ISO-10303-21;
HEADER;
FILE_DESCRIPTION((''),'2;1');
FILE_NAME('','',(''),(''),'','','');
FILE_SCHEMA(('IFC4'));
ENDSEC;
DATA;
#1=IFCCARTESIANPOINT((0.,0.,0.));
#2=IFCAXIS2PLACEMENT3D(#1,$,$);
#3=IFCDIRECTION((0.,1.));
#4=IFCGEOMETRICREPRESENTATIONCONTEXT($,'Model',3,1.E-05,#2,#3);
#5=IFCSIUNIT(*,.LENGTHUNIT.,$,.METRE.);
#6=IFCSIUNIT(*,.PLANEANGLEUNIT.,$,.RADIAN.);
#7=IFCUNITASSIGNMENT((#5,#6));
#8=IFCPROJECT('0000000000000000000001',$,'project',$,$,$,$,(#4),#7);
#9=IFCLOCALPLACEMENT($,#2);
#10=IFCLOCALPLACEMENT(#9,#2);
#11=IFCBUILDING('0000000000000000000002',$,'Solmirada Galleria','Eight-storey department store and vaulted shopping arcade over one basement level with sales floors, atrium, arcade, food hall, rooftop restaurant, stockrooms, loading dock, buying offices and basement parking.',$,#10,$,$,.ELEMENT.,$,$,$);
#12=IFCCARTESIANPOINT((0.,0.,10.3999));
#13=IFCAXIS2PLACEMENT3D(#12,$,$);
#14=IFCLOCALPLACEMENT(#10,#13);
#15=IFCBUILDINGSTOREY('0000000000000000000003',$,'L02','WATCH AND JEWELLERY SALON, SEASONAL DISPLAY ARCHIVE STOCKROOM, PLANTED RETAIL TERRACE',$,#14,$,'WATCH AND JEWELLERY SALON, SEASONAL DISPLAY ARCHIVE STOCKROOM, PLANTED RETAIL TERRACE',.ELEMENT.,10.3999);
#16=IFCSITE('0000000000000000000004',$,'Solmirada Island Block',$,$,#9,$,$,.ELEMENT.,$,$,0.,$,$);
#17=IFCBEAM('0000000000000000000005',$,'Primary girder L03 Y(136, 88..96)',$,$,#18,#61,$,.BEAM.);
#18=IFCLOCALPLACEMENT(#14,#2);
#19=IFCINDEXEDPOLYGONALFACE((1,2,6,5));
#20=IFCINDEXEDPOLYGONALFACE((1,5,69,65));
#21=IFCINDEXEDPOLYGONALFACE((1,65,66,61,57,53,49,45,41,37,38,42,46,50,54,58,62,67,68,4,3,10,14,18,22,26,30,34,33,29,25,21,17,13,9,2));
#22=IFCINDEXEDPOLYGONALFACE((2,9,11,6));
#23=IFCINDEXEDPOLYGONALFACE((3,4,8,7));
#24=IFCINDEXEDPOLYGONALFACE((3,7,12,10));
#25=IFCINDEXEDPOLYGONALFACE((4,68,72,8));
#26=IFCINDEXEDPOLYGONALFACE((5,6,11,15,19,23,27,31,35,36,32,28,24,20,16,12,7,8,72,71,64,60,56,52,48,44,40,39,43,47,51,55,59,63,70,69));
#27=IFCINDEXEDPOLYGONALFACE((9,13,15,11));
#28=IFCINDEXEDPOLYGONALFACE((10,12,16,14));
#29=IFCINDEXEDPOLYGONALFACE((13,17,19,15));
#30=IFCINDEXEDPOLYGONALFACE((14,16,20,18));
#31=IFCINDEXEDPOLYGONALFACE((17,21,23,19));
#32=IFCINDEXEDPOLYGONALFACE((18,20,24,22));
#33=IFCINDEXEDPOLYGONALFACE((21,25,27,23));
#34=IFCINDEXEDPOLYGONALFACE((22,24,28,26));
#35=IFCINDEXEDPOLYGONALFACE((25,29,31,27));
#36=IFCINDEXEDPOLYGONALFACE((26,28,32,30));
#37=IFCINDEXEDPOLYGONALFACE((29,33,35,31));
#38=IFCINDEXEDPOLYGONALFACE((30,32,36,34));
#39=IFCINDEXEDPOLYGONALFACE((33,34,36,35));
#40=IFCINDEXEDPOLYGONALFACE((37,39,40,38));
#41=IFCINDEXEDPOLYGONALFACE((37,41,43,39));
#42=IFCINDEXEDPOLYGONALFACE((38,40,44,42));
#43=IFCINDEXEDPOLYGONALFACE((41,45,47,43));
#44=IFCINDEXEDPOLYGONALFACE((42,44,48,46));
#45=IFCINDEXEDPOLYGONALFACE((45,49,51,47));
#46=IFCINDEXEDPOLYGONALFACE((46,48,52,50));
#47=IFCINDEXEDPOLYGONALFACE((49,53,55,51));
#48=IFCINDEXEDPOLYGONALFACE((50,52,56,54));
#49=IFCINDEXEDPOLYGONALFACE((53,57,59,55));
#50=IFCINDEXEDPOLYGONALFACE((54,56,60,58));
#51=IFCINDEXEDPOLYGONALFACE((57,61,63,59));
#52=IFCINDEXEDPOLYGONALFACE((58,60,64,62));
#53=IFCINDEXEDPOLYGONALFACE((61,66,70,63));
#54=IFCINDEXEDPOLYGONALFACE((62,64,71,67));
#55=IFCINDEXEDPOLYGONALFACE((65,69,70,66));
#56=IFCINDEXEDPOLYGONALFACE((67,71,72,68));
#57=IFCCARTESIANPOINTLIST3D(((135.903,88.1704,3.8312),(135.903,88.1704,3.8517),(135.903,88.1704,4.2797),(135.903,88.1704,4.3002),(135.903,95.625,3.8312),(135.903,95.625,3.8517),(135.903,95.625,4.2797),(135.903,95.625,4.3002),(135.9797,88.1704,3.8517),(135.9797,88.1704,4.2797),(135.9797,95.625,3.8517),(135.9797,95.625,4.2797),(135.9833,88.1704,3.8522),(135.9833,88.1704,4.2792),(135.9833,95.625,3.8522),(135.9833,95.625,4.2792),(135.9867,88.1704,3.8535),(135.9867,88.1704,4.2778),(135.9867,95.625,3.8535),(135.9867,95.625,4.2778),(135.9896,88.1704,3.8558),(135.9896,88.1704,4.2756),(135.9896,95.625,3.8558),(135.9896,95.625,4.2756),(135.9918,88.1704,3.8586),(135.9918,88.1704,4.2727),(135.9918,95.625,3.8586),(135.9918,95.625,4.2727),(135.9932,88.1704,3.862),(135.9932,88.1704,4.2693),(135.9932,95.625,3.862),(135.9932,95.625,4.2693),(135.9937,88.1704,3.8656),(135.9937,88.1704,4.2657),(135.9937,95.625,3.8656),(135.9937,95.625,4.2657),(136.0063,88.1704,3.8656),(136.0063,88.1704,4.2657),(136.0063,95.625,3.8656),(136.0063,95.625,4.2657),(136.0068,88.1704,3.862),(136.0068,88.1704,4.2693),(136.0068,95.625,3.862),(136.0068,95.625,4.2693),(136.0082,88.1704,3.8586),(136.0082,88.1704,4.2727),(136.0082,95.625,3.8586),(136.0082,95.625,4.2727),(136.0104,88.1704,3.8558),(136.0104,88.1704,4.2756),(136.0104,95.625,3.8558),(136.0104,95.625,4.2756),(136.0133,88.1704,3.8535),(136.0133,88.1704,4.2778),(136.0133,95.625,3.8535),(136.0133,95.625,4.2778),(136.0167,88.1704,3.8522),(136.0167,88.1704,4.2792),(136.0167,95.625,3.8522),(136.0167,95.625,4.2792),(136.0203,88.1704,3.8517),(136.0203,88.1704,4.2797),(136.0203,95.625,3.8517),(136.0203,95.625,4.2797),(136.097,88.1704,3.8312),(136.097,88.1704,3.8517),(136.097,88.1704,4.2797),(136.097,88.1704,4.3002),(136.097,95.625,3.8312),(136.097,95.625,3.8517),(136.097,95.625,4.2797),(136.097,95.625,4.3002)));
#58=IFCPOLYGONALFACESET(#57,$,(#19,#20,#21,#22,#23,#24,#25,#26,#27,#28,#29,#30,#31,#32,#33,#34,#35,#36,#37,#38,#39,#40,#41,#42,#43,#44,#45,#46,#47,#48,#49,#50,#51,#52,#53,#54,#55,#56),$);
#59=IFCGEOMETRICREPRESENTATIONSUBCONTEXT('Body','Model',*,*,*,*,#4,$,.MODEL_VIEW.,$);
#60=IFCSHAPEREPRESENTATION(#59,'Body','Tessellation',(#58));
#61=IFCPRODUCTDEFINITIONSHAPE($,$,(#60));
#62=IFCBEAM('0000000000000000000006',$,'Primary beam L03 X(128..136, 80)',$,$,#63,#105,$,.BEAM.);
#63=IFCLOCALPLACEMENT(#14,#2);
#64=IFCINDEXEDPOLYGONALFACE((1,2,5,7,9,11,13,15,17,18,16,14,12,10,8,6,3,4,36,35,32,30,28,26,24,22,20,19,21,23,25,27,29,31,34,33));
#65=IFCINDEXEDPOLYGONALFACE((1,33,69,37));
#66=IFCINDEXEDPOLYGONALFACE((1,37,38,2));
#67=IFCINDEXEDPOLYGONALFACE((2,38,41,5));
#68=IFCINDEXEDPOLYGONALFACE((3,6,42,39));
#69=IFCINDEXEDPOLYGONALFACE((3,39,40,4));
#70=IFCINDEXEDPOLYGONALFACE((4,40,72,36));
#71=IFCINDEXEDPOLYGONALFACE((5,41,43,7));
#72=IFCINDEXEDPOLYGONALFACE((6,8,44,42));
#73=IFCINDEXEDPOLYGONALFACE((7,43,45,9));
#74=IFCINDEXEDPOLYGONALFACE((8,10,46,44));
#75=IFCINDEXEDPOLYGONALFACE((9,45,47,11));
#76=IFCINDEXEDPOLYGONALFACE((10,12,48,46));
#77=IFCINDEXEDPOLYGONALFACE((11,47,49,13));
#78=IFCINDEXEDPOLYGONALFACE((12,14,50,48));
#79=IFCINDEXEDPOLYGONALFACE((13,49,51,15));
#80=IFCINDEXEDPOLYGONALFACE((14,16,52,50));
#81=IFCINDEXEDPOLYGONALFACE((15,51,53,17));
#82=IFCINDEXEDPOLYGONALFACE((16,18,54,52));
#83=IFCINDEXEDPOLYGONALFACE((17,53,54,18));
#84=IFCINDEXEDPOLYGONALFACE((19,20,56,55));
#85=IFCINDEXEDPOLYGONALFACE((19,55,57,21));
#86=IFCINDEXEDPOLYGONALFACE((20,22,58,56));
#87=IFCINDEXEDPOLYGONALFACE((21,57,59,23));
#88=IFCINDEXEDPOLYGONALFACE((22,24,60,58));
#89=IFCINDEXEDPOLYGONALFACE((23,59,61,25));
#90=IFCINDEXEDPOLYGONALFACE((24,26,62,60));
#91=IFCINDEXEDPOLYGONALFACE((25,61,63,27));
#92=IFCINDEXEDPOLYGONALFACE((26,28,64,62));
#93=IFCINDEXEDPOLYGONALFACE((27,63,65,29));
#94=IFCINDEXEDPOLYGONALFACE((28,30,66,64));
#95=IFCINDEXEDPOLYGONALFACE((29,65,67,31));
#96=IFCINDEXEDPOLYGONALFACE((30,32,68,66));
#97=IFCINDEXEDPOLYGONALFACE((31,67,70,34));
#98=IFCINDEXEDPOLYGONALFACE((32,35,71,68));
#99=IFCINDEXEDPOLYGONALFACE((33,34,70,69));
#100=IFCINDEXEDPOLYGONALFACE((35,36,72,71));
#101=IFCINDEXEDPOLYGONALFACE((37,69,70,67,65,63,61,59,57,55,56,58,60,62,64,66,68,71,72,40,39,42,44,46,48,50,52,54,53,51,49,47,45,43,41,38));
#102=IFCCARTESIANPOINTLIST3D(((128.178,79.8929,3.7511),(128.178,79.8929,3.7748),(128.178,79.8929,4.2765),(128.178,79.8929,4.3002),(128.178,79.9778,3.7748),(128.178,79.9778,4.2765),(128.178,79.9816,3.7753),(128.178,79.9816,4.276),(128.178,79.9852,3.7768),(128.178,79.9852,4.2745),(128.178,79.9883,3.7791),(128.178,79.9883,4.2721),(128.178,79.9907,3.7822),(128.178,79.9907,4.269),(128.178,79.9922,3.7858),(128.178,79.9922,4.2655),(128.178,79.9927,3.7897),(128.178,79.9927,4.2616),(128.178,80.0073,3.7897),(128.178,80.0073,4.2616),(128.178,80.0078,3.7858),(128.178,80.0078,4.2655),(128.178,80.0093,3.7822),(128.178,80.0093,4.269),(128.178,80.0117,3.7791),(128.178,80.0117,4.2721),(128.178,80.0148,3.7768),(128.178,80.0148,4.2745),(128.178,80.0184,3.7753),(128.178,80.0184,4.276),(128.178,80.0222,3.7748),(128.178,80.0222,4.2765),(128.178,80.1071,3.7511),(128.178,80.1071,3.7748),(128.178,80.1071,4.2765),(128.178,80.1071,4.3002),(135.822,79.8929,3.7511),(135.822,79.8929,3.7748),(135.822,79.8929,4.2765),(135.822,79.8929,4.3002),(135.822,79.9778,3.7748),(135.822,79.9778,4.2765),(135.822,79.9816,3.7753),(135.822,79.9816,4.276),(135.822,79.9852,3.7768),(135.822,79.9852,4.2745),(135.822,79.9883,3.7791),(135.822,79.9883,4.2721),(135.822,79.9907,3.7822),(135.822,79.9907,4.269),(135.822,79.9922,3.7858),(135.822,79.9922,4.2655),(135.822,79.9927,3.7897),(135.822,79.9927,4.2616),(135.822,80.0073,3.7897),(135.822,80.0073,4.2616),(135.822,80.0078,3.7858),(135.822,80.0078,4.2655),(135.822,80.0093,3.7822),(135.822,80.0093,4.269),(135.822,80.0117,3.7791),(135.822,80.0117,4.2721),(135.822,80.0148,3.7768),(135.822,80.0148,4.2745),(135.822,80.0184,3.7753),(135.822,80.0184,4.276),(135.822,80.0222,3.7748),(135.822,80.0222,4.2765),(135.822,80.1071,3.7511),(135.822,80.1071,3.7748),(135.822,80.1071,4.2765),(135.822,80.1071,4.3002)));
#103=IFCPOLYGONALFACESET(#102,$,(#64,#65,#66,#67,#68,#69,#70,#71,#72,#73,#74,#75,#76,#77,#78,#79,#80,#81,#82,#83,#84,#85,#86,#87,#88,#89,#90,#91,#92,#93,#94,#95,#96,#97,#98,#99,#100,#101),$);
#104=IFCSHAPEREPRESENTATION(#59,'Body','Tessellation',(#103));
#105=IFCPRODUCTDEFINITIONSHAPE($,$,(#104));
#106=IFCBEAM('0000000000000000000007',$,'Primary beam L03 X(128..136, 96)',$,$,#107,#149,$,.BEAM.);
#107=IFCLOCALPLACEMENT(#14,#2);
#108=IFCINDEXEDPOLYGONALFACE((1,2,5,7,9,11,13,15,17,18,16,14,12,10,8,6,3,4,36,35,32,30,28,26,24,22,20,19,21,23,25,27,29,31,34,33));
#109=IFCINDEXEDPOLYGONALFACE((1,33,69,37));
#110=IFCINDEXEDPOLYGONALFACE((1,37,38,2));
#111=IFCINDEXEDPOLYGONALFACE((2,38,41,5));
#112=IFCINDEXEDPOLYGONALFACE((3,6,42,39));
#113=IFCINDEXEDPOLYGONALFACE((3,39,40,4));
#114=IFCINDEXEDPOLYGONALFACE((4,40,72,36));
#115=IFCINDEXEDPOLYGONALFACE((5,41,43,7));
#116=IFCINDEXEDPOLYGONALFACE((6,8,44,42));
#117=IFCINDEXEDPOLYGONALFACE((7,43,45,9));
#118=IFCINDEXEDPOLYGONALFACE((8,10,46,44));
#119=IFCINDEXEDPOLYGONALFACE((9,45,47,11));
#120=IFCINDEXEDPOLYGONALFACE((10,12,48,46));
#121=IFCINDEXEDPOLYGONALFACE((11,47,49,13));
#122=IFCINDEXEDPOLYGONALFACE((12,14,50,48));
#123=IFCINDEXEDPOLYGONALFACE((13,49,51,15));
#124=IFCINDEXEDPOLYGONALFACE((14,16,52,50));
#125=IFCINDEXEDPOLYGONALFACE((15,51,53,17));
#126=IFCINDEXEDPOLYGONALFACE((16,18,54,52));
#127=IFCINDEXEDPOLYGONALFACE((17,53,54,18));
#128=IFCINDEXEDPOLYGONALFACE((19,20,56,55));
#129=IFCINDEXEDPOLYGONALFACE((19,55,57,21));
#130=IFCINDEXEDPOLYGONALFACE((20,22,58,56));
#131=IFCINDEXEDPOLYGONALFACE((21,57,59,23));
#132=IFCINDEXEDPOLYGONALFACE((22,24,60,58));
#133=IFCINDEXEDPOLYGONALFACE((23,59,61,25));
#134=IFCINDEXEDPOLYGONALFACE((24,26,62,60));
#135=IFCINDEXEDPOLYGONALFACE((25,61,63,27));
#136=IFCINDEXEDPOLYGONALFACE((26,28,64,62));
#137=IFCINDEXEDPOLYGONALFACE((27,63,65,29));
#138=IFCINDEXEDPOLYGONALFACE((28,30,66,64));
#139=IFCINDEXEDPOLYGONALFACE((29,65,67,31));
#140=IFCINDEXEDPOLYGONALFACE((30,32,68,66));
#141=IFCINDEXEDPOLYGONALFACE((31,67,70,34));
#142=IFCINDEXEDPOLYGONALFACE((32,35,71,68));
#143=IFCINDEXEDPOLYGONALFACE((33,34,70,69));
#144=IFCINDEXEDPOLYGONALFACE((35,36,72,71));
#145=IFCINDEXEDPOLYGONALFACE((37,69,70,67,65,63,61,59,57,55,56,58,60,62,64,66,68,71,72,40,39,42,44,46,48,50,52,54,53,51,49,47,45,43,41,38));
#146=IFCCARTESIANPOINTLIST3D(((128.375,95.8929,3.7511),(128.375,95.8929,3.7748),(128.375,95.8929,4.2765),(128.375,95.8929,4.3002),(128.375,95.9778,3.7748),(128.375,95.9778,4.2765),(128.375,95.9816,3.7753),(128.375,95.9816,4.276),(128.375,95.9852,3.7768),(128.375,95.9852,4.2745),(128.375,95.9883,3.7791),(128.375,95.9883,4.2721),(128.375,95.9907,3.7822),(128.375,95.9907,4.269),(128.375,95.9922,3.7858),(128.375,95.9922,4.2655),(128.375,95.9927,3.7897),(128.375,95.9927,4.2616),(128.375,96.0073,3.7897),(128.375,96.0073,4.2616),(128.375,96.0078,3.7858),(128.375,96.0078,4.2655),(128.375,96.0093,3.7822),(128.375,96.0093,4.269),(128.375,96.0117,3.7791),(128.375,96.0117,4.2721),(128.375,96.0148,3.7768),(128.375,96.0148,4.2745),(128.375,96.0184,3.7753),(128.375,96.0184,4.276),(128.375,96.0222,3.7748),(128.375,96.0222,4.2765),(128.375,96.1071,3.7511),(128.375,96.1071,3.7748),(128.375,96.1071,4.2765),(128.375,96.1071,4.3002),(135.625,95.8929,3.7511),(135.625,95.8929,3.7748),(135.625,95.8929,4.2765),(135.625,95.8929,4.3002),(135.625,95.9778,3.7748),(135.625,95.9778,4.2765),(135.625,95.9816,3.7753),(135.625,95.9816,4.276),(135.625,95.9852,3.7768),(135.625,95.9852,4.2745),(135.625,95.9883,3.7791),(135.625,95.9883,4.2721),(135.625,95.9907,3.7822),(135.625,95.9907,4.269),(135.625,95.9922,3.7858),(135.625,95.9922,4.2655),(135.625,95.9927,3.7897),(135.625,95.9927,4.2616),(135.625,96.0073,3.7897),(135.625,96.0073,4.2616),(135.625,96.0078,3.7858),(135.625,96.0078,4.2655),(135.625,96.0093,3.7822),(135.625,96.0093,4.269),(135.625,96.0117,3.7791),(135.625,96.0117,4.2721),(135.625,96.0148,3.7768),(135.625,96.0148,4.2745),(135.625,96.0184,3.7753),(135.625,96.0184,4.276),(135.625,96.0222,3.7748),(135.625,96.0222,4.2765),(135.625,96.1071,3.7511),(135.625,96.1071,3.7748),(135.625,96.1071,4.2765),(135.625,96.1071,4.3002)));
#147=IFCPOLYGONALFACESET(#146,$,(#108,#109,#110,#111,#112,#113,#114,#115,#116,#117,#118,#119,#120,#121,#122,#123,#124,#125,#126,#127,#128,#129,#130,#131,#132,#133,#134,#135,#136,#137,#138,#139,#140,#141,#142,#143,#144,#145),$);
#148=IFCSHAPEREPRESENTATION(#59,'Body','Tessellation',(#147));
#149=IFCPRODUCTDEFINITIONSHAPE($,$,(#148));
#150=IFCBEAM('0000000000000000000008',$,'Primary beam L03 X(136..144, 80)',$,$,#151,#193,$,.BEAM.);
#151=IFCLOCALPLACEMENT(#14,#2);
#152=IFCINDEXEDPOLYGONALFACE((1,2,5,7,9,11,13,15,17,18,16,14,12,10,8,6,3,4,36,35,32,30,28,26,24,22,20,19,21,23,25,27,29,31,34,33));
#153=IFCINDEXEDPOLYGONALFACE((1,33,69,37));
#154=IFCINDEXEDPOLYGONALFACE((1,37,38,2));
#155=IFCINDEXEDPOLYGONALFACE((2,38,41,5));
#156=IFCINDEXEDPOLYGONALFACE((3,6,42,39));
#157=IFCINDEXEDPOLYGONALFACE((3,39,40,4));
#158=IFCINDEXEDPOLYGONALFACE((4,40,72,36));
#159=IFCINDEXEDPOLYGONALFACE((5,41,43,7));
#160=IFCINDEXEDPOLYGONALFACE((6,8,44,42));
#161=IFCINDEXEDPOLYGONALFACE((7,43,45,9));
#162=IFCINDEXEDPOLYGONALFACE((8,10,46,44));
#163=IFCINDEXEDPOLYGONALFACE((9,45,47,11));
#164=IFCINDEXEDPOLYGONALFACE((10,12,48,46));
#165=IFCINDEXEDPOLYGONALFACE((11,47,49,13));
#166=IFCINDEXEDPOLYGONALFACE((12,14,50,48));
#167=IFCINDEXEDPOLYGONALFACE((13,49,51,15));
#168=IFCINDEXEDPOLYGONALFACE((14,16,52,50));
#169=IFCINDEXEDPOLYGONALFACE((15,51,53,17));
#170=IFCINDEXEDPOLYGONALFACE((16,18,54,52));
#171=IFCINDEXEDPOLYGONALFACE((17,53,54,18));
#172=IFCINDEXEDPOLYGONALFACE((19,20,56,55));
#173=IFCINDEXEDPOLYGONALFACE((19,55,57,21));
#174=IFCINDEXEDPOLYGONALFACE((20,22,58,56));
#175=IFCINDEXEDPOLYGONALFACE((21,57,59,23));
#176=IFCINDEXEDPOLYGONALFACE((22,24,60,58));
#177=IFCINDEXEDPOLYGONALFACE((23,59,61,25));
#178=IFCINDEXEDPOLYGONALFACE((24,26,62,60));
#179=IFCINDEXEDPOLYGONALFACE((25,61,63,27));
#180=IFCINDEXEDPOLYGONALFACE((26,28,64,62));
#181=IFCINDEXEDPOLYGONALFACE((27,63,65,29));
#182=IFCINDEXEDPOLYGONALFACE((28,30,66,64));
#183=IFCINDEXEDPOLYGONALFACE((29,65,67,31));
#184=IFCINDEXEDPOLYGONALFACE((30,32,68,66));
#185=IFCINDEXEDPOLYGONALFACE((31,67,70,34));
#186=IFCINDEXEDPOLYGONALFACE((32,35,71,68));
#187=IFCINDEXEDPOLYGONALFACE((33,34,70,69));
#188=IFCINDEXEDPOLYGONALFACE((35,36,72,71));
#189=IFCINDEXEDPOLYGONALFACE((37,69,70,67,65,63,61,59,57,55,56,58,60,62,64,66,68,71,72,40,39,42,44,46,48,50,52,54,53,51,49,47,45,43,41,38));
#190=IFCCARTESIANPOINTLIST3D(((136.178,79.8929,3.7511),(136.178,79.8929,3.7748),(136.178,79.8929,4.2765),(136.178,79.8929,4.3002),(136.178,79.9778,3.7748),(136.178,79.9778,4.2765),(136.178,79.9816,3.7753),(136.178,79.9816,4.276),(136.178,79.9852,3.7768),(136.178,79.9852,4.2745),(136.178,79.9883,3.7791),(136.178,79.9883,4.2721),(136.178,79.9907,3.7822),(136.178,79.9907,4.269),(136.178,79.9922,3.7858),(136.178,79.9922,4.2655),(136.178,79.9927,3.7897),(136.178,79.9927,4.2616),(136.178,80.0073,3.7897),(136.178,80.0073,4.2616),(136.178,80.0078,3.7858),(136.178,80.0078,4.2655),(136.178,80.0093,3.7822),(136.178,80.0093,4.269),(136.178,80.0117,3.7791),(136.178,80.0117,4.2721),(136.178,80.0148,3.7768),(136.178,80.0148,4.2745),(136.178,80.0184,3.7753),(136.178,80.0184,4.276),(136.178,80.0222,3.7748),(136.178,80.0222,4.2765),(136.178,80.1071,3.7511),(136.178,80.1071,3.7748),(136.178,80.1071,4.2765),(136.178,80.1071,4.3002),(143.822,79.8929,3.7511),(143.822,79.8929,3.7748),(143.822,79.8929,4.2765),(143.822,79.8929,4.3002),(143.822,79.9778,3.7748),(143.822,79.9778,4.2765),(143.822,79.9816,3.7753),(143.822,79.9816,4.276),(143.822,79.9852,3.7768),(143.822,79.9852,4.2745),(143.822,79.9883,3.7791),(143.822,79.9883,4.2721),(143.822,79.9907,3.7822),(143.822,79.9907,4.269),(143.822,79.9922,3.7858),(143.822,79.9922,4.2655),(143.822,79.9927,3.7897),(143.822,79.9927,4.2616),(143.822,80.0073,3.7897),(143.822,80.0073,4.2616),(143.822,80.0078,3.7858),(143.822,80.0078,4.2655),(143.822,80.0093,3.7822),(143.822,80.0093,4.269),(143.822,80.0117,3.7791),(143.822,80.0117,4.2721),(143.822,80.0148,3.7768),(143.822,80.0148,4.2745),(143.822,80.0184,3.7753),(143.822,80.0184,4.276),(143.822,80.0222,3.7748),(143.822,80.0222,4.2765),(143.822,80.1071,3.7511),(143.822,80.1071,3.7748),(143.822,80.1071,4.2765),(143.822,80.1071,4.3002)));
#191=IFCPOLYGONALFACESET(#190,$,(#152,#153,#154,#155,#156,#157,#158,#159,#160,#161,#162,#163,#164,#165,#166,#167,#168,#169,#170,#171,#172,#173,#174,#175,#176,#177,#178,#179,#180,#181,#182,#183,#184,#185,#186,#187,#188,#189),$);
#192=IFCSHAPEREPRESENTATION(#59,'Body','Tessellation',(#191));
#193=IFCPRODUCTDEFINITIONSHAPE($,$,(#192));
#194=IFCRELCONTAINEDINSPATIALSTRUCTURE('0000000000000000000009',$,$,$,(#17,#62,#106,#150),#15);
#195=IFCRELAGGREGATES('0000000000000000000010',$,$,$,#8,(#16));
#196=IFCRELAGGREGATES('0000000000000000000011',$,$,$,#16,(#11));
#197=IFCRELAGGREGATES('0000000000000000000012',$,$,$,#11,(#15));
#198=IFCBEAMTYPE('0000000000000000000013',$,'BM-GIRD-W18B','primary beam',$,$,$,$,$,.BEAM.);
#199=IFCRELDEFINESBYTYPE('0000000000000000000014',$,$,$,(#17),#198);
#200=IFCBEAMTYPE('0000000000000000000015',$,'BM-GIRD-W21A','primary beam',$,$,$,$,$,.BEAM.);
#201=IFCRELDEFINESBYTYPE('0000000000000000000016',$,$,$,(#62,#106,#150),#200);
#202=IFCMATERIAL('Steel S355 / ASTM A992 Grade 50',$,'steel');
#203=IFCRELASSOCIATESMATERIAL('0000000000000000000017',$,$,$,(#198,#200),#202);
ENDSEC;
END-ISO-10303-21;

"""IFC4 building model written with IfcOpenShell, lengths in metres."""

from ifc_helpers import new_model, si_unit, direction, frame, origin, origin_2d, place, context, subcontext, project, spatial, i_section, extrude, material, material_profile, profile_set, type_object, element, save


model = new_model("IFC4")

# Units and contexts
model_context = context("Model", 3, precision=1e-05, world=origin(), true_north=direction((0.0, 1.0)))
body_context = subcontext(model_context, "Body", "Model", "MODEL_VIEW")
ifc_project = project(units=[si_unit("LENGTHUNIT", "METRE"), si_unit("PLANEANGLEUNIT", "RADIAN")], contexts=[model_context])

# Site, building, storey
site_placement = place(None, origin())
site = spatial("IfcSite", under=ifc_project, at=site_placement, Name="Solmirada Island Block", CompositionType="ELEMENT", RefElevation=0.0)
building_placement = place(site_placement, origin())
building = spatial("IfcBuilding", under=site, at=building_placement, Name="Solmirada Galleria", Description="Eight-storey department store and vaulted shopping arcade over one basement level with sales floors, atrium, arcade, food hall, rooftop restaurant, stockrooms, loading dock, buying offices and basement parking.", CompositionType="ELEMENT")
storey_placement = place(building_placement, frame((0.0, 0.0, 10.3999)))
storey = spatial("IfcBuildingStorey", under=building, at=storey_placement, Name="L02", Description="WATCH AND JEWELLERY SALON, SEASONAL DISPLAY ARCHIVE STOCKROOM, PLANTED RETAIL TERRACE", LongName="WATCH AND JEWELLERY SALON, SEASONAL DISPLAY ARCHIVE STOCKROOM, PLANTED RETAIL TERRACE", CompositionType="ELEMENT", Elevation=10.3999)

# Beams
ifc_material_1 = material(Name="Steel S355 / ASTM A992 Grade 50", Category="steel")
ifc_material_profile_1 = material_profile(ifc_material_1, i_section(OverallWidth=0.1941, OverallDepth=0.469, WebThickness=0.0127, FlangeThickness=0.0205, FilletRadius=0.0139, at=origin_2d()), Name="W18X71")
ifc_profile_set_1 = profile_set([ifc_material_profile_1], Name="Steel S355 / ASTM A992 Grade 50")
beam_type_1 = type_object("IfcBeamType", Name="BM-GIRD-W18B", Description="primary beam", PredefinedType="BEAM", material=ifc_profile_set_1)
beam_1_placement = place(storey_placement, frame((136.0, 88.1704, 4.0657), z_axis=(0.0, 1.0, 0.0), x_axis=(-1.0, 0.0, 0.0)))
element("IfcBeam", 1, at=beam_1_placement, inside=storey, type_object=beam_type_1, Name="Primary girder L03 Y(136, 88..96)", PredefinedType="BEAM", context=body_context, shape_type="SweptSolid", body=[
    extrude(i_section(OverallWidth=0.1941, OverallDepth=0.469, WebThickness=0.0127, FlangeThickness=0.0205, FilletRadius=0.0139, at=origin_2d()), origin(), (0.0, 0.0, 1.0), 7.4546),
])
ifc_material_profile_2 = material_profile(ifc_material_1, i_section(OverallWidth=0.2141, OverallDepth=0.5491, WebThickness=0.0146, FlangeThickness=0.0237, FilletRadius=0.0149, at=origin_2d()), Name="W21X93")
ifc_profile_set_2 = profile_set([ifc_material_profile_2], Name="Steel S355 / ASTM A992 Grade 50")
beam_type_2 = type_object("IfcBeamType", Name="BM-GIRD-W21A", Description="primary beam", PredefinedType="BEAM", material=ifc_profile_set_2)
beam_2_placement = place(storey_placement, frame((128.178, 80.0, 4.0256), z_axis=(1.0, 0.0, 0.0), x_axis=(0.0, 1.0, 0.0)))
element("IfcBeam", 2, at=beam_2_placement, inside=storey, type_object=beam_type_2, Name="Primary beam L03 X(128..136, 80)", PredefinedType="BEAM", context=body_context, shape_type="SweptSolid", body=[
    extrude(i_section(OverallWidth=0.2141, OverallDepth=0.5491, WebThickness=0.0146, FlangeThickness=0.0237, FilletRadius=0.0149, at=origin_2d()), origin(), (0.0, 0.0, 1.0), 7.644),
])
beam_3_placement = place(storey_placement, frame((128.375, 96.0, 4.0256), z_axis=(1.0, 0.0, 0.0), x_axis=(0.0, 1.0, 0.0)))
element("IfcBeam", 3, at=beam_3_placement, inside=storey, type_object=beam_type_2, Name="Primary beam L03 X(128..136, 96)", PredefinedType="BEAM", context=body_context, shape_type="SweptSolid", body=[
    extrude(i_section(OverallWidth=0.2141, OverallDepth=0.5491, WebThickness=0.0146, FlangeThickness=0.0237, FilletRadius=0.0149, at=origin_2d()), origin(), (0.0, 0.0, 1.0), 7.25),
])
beam_4_placement = place(storey_placement, frame((136.178, 80.0, 4.0256), z_axis=(1.0, 0.0, 0.0), x_axis=(0.0, 1.0, 0.0)))
element("IfcBeam", 4, at=beam_4_placement, inside=storey, type_object=beam_type_2, Name="Primary beam L03 X(136..144, 80)", PredefinedType="BEAM", context=body_context, shape_type="SweptSolid", body=[
    extrude(i_section(OverallWidth=0.2141, OverallDepth=0.5491, WebThickness=0.0146, FlangeThickness=0.0237, FilletRadius=0.0149, at=origin_2d()), origin(), (0.0, 0.0, 1.0), 7.644),
])

save(model, "model.ifc")
